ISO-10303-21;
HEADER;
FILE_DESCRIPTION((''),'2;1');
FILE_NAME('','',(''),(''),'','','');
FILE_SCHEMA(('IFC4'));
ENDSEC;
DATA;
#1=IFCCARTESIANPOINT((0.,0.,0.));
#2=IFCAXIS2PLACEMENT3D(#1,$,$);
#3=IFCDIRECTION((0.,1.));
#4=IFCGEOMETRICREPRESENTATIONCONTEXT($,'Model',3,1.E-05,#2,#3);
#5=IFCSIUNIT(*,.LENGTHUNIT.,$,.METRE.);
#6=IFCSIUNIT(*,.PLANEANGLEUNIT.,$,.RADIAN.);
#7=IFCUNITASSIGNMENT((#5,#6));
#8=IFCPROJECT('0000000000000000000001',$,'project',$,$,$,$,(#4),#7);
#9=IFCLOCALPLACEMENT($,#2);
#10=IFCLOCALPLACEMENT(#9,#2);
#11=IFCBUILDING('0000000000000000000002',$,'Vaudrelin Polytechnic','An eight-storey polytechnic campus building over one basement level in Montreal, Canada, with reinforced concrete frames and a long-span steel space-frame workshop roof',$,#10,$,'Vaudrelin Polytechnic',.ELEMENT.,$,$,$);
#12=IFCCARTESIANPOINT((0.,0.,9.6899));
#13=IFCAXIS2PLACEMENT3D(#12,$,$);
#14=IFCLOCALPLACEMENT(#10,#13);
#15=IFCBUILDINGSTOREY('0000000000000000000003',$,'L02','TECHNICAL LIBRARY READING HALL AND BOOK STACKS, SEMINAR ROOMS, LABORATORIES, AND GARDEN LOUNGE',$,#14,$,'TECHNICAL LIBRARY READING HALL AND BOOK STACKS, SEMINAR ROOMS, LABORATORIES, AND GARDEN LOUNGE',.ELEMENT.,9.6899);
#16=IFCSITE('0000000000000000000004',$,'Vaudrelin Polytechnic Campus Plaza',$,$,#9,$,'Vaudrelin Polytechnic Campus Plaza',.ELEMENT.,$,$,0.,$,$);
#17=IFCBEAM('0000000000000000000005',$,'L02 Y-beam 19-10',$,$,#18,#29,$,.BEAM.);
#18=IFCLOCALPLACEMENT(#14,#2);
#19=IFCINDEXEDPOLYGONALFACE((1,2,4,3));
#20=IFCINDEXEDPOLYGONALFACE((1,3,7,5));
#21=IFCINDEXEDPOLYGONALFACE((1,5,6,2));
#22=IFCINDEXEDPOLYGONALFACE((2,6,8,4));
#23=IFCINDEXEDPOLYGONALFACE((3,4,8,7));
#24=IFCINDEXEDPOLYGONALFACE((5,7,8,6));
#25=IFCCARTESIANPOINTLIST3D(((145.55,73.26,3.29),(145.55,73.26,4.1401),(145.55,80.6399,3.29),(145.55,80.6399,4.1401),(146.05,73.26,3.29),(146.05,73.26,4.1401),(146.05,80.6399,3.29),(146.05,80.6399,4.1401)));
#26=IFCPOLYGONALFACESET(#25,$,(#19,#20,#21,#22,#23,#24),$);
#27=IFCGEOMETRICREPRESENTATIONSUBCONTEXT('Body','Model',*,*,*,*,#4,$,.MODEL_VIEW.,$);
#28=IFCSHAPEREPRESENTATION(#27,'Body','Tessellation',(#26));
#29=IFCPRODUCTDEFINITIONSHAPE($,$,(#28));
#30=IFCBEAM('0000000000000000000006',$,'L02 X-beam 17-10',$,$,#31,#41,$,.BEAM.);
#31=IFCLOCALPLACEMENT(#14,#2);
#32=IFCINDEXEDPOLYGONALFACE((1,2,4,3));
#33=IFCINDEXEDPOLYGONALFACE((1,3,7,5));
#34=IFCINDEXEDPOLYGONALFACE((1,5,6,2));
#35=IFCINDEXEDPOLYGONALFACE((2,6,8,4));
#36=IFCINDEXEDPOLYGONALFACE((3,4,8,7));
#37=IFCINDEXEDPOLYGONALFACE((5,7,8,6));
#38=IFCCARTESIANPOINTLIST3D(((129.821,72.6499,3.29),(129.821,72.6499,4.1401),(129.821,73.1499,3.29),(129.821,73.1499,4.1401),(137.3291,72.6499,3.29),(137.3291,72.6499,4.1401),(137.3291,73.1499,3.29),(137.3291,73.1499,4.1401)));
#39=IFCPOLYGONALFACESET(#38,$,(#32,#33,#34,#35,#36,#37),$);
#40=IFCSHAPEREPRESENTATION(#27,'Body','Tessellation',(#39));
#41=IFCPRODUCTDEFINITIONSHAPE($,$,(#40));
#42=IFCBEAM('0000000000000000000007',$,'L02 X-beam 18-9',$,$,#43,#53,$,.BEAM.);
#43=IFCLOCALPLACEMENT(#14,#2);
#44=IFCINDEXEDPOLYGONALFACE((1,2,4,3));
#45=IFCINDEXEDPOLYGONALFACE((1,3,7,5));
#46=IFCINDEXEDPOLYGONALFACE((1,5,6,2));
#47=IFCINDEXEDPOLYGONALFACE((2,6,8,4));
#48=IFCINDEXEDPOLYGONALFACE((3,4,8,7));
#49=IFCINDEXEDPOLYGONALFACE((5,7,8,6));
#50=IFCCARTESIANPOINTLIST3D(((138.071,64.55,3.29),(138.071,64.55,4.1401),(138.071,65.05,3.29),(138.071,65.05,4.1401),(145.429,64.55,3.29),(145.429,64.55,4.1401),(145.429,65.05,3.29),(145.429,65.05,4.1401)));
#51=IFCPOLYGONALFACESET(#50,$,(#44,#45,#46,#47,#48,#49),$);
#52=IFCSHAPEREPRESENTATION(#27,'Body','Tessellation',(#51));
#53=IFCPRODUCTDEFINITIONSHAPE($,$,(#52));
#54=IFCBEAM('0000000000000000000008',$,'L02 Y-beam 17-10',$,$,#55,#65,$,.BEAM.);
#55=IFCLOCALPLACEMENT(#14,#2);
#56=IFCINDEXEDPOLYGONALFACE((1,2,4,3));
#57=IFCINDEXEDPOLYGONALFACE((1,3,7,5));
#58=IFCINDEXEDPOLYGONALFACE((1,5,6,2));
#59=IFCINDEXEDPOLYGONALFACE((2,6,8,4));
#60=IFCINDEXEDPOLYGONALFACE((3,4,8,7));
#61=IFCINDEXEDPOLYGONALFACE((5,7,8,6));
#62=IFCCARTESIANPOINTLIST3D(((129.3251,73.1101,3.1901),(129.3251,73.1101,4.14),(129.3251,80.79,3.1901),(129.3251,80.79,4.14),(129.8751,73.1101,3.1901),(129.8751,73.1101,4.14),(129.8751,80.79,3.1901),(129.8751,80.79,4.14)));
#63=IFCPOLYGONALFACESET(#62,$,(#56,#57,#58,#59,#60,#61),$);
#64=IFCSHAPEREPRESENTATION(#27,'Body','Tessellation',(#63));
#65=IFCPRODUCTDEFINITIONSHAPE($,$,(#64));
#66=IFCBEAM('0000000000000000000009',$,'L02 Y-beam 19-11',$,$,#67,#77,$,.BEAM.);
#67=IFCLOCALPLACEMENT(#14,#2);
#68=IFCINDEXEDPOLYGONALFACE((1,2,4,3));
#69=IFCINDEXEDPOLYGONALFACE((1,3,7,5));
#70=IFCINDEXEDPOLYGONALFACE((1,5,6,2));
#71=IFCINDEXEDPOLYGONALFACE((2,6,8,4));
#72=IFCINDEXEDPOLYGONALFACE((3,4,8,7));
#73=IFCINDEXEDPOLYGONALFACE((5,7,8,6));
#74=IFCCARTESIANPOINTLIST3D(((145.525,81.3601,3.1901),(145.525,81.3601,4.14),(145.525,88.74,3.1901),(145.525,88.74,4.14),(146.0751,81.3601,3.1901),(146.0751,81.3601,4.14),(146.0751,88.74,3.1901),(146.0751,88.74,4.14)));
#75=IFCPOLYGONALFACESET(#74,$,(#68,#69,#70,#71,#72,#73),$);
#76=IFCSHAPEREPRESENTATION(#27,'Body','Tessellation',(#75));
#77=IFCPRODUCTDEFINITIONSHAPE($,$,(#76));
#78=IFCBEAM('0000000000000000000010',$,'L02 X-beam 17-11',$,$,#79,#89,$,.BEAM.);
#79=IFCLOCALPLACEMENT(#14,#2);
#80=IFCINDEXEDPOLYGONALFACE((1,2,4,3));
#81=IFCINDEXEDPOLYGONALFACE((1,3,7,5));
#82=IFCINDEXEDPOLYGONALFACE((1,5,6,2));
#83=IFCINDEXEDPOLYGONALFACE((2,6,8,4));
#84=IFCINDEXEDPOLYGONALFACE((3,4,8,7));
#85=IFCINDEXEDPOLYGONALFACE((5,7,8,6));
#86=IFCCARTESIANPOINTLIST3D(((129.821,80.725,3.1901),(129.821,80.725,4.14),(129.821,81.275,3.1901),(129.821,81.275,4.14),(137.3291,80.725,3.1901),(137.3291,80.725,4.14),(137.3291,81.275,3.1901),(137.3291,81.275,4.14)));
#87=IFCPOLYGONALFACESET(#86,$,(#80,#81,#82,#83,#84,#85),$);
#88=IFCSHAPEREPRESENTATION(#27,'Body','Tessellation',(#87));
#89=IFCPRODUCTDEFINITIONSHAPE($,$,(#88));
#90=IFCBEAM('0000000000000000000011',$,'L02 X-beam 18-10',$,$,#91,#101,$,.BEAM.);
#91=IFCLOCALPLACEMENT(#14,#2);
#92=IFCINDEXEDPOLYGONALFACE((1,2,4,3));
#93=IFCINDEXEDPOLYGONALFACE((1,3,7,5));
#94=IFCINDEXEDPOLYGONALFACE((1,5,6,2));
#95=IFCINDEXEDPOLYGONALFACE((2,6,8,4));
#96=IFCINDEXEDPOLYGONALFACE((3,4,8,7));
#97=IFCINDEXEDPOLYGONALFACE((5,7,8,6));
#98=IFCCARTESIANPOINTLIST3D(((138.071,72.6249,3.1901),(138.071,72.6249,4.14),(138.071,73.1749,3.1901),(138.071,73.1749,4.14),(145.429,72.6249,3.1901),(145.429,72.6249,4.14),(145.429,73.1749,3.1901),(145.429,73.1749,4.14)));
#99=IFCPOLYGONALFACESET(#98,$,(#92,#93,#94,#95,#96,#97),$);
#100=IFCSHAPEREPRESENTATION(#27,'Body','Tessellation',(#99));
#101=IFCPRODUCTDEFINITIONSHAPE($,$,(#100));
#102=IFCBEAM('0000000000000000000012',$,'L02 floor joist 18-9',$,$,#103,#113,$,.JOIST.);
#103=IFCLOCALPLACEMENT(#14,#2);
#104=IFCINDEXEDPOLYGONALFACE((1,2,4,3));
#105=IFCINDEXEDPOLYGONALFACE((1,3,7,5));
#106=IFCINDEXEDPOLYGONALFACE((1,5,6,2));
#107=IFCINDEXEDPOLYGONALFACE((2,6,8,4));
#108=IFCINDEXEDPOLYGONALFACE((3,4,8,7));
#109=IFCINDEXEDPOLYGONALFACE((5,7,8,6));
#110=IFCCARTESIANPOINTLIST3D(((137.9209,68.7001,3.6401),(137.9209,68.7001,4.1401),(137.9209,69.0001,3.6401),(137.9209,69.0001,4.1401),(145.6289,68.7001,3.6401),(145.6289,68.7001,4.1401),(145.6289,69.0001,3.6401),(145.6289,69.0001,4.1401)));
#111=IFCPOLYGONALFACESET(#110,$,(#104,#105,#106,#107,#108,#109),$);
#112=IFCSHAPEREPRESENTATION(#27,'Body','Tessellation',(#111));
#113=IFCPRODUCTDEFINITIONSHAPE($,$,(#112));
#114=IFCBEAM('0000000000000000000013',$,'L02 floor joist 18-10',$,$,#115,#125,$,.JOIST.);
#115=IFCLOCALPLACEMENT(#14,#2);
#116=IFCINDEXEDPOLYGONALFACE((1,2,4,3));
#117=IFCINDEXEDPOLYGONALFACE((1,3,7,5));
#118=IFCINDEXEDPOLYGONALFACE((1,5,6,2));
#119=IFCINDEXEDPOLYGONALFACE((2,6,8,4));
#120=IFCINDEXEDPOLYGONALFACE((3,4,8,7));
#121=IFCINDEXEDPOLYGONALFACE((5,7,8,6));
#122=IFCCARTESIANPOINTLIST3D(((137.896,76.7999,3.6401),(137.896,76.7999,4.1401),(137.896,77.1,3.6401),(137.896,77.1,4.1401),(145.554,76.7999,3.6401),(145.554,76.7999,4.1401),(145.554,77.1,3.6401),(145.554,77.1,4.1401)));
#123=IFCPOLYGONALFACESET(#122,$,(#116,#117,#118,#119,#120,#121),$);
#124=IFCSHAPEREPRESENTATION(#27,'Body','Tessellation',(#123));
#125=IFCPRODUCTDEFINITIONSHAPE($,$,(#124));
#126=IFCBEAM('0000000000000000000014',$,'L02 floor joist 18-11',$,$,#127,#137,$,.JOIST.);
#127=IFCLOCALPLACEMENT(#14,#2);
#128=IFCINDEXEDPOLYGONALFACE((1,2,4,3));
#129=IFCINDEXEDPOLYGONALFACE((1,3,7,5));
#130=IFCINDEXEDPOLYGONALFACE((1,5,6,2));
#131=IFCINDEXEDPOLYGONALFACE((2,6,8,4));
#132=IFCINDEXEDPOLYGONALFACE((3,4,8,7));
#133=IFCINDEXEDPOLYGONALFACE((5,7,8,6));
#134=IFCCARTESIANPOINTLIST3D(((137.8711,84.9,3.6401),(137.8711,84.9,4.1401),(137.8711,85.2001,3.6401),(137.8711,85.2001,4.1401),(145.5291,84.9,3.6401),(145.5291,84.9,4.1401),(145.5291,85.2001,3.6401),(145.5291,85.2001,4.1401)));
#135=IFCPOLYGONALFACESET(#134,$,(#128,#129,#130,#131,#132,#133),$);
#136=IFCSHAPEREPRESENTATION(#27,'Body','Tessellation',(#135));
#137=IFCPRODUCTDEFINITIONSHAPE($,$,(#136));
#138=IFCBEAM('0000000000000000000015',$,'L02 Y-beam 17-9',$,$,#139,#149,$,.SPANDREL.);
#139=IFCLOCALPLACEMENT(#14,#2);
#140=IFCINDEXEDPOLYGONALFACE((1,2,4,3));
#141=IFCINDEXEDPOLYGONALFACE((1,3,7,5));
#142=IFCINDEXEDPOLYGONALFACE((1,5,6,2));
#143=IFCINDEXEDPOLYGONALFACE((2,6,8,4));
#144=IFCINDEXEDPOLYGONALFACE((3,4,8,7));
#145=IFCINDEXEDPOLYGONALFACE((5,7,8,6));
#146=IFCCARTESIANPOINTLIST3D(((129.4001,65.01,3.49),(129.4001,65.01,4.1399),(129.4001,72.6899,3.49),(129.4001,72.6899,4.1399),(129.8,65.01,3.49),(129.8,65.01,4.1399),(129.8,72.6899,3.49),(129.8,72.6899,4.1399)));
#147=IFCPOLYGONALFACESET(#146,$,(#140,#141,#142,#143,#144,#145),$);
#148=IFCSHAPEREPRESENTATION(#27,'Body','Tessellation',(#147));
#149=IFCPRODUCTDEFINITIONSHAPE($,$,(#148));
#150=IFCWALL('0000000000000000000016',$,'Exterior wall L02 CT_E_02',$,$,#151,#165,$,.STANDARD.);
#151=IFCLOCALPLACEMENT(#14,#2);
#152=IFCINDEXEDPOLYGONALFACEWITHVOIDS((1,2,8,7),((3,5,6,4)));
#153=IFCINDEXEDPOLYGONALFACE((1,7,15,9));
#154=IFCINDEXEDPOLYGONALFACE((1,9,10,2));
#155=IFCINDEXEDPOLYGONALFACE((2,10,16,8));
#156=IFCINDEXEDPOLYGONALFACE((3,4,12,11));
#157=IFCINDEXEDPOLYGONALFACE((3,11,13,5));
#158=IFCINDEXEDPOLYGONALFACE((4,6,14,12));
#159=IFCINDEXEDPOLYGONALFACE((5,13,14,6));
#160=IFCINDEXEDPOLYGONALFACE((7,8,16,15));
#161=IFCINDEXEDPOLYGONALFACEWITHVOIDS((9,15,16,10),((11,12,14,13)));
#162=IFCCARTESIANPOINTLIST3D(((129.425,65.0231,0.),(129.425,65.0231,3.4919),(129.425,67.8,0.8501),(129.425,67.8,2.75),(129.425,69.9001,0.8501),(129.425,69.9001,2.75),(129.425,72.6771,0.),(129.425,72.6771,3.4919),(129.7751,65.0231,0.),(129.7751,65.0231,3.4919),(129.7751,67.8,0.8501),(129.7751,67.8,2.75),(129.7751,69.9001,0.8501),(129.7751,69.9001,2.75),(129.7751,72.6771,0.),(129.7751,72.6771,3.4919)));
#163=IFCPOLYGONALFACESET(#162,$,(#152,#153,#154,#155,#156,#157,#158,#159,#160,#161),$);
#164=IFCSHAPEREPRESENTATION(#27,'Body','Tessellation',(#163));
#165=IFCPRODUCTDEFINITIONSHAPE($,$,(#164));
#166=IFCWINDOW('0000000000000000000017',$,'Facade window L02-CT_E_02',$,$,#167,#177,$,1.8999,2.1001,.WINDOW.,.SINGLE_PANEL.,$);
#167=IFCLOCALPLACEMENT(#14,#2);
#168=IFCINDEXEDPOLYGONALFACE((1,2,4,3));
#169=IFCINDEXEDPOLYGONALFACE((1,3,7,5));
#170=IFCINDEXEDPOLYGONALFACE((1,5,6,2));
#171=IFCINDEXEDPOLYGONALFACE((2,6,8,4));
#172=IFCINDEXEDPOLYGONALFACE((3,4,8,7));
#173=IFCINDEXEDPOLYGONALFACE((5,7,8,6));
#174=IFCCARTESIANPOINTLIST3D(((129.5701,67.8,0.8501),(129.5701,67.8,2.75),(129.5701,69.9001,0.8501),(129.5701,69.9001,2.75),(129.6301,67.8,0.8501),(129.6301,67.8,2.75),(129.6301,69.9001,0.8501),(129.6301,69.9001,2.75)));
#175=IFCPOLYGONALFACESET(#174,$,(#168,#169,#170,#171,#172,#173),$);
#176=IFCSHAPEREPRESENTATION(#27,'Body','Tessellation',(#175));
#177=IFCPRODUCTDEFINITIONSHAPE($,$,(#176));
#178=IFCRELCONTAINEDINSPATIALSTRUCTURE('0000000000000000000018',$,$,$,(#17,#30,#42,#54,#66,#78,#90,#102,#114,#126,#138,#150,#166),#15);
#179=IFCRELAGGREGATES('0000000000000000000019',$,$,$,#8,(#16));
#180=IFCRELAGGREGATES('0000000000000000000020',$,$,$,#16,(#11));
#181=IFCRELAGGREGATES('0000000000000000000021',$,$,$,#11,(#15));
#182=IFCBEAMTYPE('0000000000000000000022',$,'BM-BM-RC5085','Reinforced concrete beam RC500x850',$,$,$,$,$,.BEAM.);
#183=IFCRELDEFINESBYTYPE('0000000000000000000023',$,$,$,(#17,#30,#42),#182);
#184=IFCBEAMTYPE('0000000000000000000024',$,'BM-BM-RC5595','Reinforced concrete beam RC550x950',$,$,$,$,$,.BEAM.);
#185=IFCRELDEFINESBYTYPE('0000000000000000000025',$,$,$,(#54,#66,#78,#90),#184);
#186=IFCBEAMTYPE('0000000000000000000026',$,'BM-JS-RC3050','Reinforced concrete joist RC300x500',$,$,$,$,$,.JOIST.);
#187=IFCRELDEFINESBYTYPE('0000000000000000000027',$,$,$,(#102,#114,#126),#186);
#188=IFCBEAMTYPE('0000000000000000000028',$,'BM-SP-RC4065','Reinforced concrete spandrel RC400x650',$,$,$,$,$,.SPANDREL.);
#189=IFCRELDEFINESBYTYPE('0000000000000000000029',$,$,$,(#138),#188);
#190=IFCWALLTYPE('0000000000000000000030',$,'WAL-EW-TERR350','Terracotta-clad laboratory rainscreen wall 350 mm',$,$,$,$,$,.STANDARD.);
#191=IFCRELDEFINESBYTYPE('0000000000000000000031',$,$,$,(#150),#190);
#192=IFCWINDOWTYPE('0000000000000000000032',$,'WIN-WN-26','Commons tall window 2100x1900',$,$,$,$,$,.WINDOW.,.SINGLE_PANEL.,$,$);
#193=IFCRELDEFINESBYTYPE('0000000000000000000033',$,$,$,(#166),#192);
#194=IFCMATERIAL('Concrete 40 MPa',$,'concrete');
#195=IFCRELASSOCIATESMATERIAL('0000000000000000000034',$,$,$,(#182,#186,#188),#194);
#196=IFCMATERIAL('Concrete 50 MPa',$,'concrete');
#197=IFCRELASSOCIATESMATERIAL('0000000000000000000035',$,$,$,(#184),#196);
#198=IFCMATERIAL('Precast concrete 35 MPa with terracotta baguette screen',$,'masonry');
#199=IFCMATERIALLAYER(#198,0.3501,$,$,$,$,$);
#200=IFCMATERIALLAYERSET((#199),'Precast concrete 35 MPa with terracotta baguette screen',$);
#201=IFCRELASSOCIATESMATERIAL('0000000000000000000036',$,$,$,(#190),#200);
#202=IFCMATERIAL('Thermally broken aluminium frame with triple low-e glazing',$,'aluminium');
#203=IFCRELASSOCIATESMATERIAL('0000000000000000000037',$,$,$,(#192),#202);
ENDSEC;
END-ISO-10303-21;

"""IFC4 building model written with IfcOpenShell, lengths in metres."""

from ifc_helpers import new_model, si_unit, direction, frame, frame_2d, origin, origin_2d, place, context, subcontext, project, spatial, rectangle, extrude, material, layer, layer_set, material_profile, profile_set, type_object, element, fill, save


model = new_model("IFC4")

# Units and contexts
model_context = context("Model", 3, precision=1e-05, world=origin(), true_north=direction((0.0, 1.0)))
body_context = subcontext(model_context, "Body", "Model", "MODEL_VIEW")
ifc_project = project(units=[si_unit("LENGTHUNIT", "METRE"), si_unit("PLANEANGLEUNIT", "RADIAN")], contexts=[model_context])

# Site, building, storey
site_placement = place(None, origin())
site = spatial("IfcSite", under=ifc_project, at=site_placement, Name="Vaudrelin Polytechnic Campus Plaza", LongName="Vaudrelin Polytechnic Campus Plaza", CompositionType="ELEMENT", RefElevation=0.0)
building_placement = place(site_placement, origin())
building = spatial("IfcBuilding", under=site, at=building_placement, Name="Vaudrelin Polytechnic", Description="An eight-storey polytechnic campus building over one basement level in Montreal, Canada, with reinforced concrete frames and a long-span steel space-frame workshop roof", LongName="Vaudrelin Polytechnic", CompositionType="ELEMENT")
storey_placement = place(building_placement, frame((0.0, 0.0, 9.6899)))
storey = spatial("IfcBuildingStorey", under=building, at=storey_placement, Name="L02", Description="TECHNICAL LIBRARY READING HALL AND BOOK STACKS, SEMINAR ROOMS, LABORATORIES, AND GARDEN LOUNGE", LongName="TECHNICAL LIBRARY READING HALL AND BOOK STACKS, SEMINAR ROOMS, LABORATORIES, AND GARDEN LOUNGE", CompositionType="ELEMENT", Elevation=9.6899)

# Shared definitions
ifc_material_1 = material(Name="Concrete 40 MPa", Category="concrete")
ifc_material_2 = material(Name="Concrete 50 MPa", Category="concrete")

# Beams
ifc_material_profile_1 = material_profile(ifc_material_1, rectangle(XDim=0.5, YDim=0.8501, at=origin_2d()), Name="RC500x850")
ifc_profile_set_1 = profile_set([ifc_material_profile_1], Name="Concrete 40 MPa")
beam_type_1 = type_object("IfcBeamType", Name="BM-BM-RC5085", Description="Reinforced concrete beam RC500x850", PredefinedType="BEAM", material=ifc_profile_set_1)
beam_1_placement = place(storey_placement, frame((145.8, 73.26, 3.7151), z_axis=(0.0, 1.0, 0.0), x_axis=(-1.0, 0.0, 0.0)))
element("IfcBeam", 1, at=beam_1_placement, inside=storey, type_object=beam_type_1, Name="L02 Y-beam 19-10", PredefinedType="BEAM", context=body_context, shape_type="SweptSolid", body=[
    extrude(rectangle(XDim=0.5, YDim=0.8501, at=origin_2d()), origin(), (0.0, 0.0, 1.0), 7.3799),
])
beam_2_placement = place(storey_placement, frame((129.821, 72.8999, 3.7151), z_axis=(1.0, 0.0, 0.0), x_axis=(0.0, 1.0, 0.0)))
element("IfcBeam", 2, at=beam_2_placement, inside=storey, type_object=beam_type_1, Name="L02 X-beam 17-10", PredefinedType="BEAM", context=body_context, shape_type="SweptSolid", body=[
    extrude(rectangle(XDim=0.5, YDim=0.8501, at=origin_2d()), origin(), (0.0, 0.0, 1.0), 7.5081),
])
beam_3_placement = place(storey_placement, frame((138.071, 64.8, 3.7151), z_axis=(1.0, 0.0, 0.0), x_axis=(0.0, 1.0, 0.0)))
element("IfcBeam", 3, at=beam_3_placement, inside=storey, type_object=beam_type_1, Name="L02 X-beam 18-9", PredefinedType="BEAM", context=body_context, shape_type="SweptSolid", body=[
    extrude(rectangle(XDim=0.5, YDim=0.8501, at=origin_2d()), origin(), (0.0, 0.0, 1.0), 7.3579),
])
ifc_material_profile_2 = material_profile(ifc_material_2, rectangle(XDim=0.55, YDim=0.95, at=origin_2d()), Name="RC550x950")
ifc_profile_set_2 = profile_set([ifc_material_profile_2], Name="Concrete 50 MPa")
beam_type_2 = type_object("IfcBeamType", Name="BM-BM-RC5595", Description="Reinforced concrete beam RC550x950", PredefinedType="BEAM", material=ifc_profile_set_2)
beam_4_placement = place(storey_placement, frame((129.6001, 73.1101, 3.665), z_axis=(0.0, 1.0, 0.0), x_axis=(-1.0, 0.0, 0.0)))
element("IfcBeam", 4, at=beam_4_placement, inside=storey, type_object=beam_type_2, Name="L02 Y-beam 17-10", PredefinedType="BEAM", context=body_context, shape_type="SweptSolid", body=[
    extrude(rectangle(XDim=0.55, YDim=0.95, at=origin_2d()), origin(), (0.0, 0.0, 1.0), 7.6799),
])
beam_5_placement = place(storey_placement, frame((145.8, 81.3601, 3.665), z_axis=(0.0, 1.0, 0.0), x_axis=(-1.0, 0.0, 0.0)))
element("IfcBeam", 5, at=beam_5_placement, inside=storey, type_object=beam_type_2, Name="L02 Y-beam 19-11", PredefinedType="BEAM", context=body_context, shape_type="SweptSolid", body=[
    extrude(rectangle(XDim=0.55, YDim=0.95, at=origin_2d()), origin(), (0.0, 0.0, 1.0), 7.3799),
])
beam_6_placement = place(storey_placement, frame((129.821, 81.0, 3.665), z_axis=(1.0, 0.0, 0.0), x_axis=(0.0, 1.0, 0.0)))
element("IfcBeam", 6, at=beam_6_placement, inside=storey, type_object=beam_type_2, Name="L02 X-beam 17-11", PredefinedType="BEAM", context=body_context, shape_type="SweptSolid", body=[
    extrude(rectangle(XDim=0.55, YDim=0.95, at=origin_2d()), origin(), (0.0, 0.0, 1.0), 7.5081),
])
beam_7_placement = place(storey_placement, frame((138.071, 72.8999, 3.665), z_axis=(1.0, 0.0, 0.0), x_axis=(0.0, 1.0, 0.0)))
element("IfcBeam", 7, at=beam_7_placement, inside=storey, type_object=beam_type_2, Name="L02 X-beam 18-10", PredefinedType="BEAM", context=body_context, shape_type="SweptSolid", body=[
    extrude(rectangle(XDim=0.55, YDim=0.95, at=origin_2d()), origin(), (0.0, 0.0, 1.0), 7.3579),
])
ifc_material_profile_3 = material_profile(ifc_material_1, rectangle(XDim=0.3, YDim=0.5, at=origin_2d()), Name="RC300x500")
ifc_profile_set_3 = profile_set([ifc_material_profile_3], Name="Concrete 40 MPa")
beam_type_3 = type_object("IfcBeamType", Name="BM-JS-RC3050", Description="Reinforced concrete joist RC300x500", PredefinedType="JOIST", material=ifc_profile_set_3)
beam_8_placement = place(storey_placement, frame((137.9209, 68.8501, 3.8901), z_axis=(1.0, 0.0, 0.0), x_axis=(0.0, 1.0, 0.0)))
element("IfcBeam", 8, at=beam_8_placement, inside=storey, type_object=beam_type_3, Name="L02 floor joist 18-9", PredefinedType="JOIST", context=body_context, shape_type="SweptSolid", body=[
    extrude(rectangle(XDim=0.3, YDim=0.5, at=origin_2d()), origin(), (0.0, 0.0, 1.0), 7.708),
])
for number, where, z_axis, x_axis, name in (
    (9, (137.896, 76.95, 3.8901), (1.0, 0.0, 0.0), (0.0, 1.0, 0.0), "L02 floor joist 18-10"),
    (10, (137.8711, 85.05, 3.8901), (1.0, 0.0, 0.0), (0.0, 1.0, 0.0), "L02 floor joist 18-11"),
):
    element("IfcBeam", number, at=place(storey_placement, frame(where, z_axis=z_axis, x_axis=x_axis)), inside=storey, type_object=beam_type_3, Name=name, PredefinedType="JOIST", context=body_context, shape_type="SweptSolid", body=[
        extrude(rectangle(XDim=0.3, YDim=0.5, at=origin_2d()), origin(), (0.0, 0.0, 1.0), 7.658),
    ])
ifc_material_profile_4 = material_profile(ifc_material_1, rectangle(XDim=0.3999, YDim=0.6499, at=origin_2d()), Name="RC400x650")
ifc_profile_set_4 = profile_set([ifc_material_profile_4], Name="Concrete 40 MPa")
beam_type_4 = type_object("IfcBeamType", Name="BM-SP-RC4065", Description="Reinforced concrete spandrel RC400x650", PredefinedType="SPANDREL", material=ifc_profile_set_4)
beam_9_placement = place(storey_placement, frame((129.6001, 65.01, 3.8149), z_axis=(0.0, 1.0, 0.0), x_axis=(-1.0, 0.0, 0.0)))
element("IfcBeam", 11, at=beam_9_placement, inside=storey, type_object=beam_type_4, Name="L02 Y-beam 17-9", PredefinedType="SPANDREL", context=body_context, shape_type="SweptSolid", body=[
    extrude(rectangle(XDim=0.3999, YDim=0.6499, at=origin_2d()), origin(), (0.0, 0.0, 1.0), 7.6799),
])

# Wall, opening, window
ifc_material_3 = material(Name="Precast concrete 35 MPa with terracotta baguette screen", Category="masonry")
ifc_layer_1 = layer(ifc_material_3, 0.3501)
ifc_layer_set_1 = layer_set([ifc_layer_1], Name="Precast concrete 35 MPa with terracotta baguette screen")
wall_type_1 = type_object("IfcWallType", Name="WAL-EW-TERR350", Description="Terracotta-clad laboratory rainscreen wall 350 mm", PredefinedType="STANDARD", material=ifc_layer_set_1)
wall_1_placement = place(storey_placement, frame((129.6001, 65.0229, 0.0), z_axis=(0.0, 0.0, 1.0), x_axis=(0.0, 1.0, 0.0)))
wall_1 = element("IfcWall", 12, at=wall_1_placement, inside=storey, type_object=wall_type_1, Name="Exterior wall L02 CT_E_02", PredefinedType="STANDARD", context=body_context, shape_type="SweptSolid", body=[
    extrude(rectangle(XDim=7.6541, YDim=0.3501, at=frame_2d((3.8271, 0.0))), origin(), (0.0, 0.0, 1.0), 3.4919),
])
opening_1_placement = place(wall_1_placement, frame((2.7771, 0.0, 0.8501)))
opening_1 = element("IfcOpeningElement", 13, at=opening_1_placement, cuts=wall_1, PredefinedType="OPENING", context=body_context, shape_type="SweptSolid", body=[
    extrude(rectangle(XDim=2.1001, YDim=1.8999, at=frame_2d((1.05, 0.95))), frame((0.0, 0.1851, 0.0), z_axis=(0.0, -1.0, 0.0), x_axis=(1.0, 0.0, 0.0)), (0.0, 0.0, 1.0), 0.3701),
])
ifc_material_4 = material(Name="Thermally broken aluminium frame with triple low-e glazing", Category="aluminium")
window_type_1 = type_object("IfcWindowType", Name="WIN-WN-26", Description="Commons tall window 2100x1900", PartitioningType="SINGLE_PANEL", PredefinedType="WINDOW", material=ifc_material_4)
window_1_placement = place(opening_1_placement, origin())
window_1 = element("IfcWindow", 14, at=window_1_placement, inside=storey, type_object=window_type_1, Name="Facade window L02-CT_E_02", OverallHeight=1.8999, OverallWidth=2.1001, PartitioningType="SINGLE_PANEL", PredefinedType="WINDOW", context=body_context, shape_type="SweptSolid", body=[
    extrude(rectangle(XDim=2.1001, YDim=1.8999, at=frame_2d((1.05, 0.95))), frame((0.0, 0.03, 0.0), z_axis=(0.0, -1.0, 0.0), x_axis=(1.0, 0.0, 0.0)), (0.0, 0.0, 1.0), 0.0601),
])
fill(opening_1, window_1)

save(model, "model.ifc")
